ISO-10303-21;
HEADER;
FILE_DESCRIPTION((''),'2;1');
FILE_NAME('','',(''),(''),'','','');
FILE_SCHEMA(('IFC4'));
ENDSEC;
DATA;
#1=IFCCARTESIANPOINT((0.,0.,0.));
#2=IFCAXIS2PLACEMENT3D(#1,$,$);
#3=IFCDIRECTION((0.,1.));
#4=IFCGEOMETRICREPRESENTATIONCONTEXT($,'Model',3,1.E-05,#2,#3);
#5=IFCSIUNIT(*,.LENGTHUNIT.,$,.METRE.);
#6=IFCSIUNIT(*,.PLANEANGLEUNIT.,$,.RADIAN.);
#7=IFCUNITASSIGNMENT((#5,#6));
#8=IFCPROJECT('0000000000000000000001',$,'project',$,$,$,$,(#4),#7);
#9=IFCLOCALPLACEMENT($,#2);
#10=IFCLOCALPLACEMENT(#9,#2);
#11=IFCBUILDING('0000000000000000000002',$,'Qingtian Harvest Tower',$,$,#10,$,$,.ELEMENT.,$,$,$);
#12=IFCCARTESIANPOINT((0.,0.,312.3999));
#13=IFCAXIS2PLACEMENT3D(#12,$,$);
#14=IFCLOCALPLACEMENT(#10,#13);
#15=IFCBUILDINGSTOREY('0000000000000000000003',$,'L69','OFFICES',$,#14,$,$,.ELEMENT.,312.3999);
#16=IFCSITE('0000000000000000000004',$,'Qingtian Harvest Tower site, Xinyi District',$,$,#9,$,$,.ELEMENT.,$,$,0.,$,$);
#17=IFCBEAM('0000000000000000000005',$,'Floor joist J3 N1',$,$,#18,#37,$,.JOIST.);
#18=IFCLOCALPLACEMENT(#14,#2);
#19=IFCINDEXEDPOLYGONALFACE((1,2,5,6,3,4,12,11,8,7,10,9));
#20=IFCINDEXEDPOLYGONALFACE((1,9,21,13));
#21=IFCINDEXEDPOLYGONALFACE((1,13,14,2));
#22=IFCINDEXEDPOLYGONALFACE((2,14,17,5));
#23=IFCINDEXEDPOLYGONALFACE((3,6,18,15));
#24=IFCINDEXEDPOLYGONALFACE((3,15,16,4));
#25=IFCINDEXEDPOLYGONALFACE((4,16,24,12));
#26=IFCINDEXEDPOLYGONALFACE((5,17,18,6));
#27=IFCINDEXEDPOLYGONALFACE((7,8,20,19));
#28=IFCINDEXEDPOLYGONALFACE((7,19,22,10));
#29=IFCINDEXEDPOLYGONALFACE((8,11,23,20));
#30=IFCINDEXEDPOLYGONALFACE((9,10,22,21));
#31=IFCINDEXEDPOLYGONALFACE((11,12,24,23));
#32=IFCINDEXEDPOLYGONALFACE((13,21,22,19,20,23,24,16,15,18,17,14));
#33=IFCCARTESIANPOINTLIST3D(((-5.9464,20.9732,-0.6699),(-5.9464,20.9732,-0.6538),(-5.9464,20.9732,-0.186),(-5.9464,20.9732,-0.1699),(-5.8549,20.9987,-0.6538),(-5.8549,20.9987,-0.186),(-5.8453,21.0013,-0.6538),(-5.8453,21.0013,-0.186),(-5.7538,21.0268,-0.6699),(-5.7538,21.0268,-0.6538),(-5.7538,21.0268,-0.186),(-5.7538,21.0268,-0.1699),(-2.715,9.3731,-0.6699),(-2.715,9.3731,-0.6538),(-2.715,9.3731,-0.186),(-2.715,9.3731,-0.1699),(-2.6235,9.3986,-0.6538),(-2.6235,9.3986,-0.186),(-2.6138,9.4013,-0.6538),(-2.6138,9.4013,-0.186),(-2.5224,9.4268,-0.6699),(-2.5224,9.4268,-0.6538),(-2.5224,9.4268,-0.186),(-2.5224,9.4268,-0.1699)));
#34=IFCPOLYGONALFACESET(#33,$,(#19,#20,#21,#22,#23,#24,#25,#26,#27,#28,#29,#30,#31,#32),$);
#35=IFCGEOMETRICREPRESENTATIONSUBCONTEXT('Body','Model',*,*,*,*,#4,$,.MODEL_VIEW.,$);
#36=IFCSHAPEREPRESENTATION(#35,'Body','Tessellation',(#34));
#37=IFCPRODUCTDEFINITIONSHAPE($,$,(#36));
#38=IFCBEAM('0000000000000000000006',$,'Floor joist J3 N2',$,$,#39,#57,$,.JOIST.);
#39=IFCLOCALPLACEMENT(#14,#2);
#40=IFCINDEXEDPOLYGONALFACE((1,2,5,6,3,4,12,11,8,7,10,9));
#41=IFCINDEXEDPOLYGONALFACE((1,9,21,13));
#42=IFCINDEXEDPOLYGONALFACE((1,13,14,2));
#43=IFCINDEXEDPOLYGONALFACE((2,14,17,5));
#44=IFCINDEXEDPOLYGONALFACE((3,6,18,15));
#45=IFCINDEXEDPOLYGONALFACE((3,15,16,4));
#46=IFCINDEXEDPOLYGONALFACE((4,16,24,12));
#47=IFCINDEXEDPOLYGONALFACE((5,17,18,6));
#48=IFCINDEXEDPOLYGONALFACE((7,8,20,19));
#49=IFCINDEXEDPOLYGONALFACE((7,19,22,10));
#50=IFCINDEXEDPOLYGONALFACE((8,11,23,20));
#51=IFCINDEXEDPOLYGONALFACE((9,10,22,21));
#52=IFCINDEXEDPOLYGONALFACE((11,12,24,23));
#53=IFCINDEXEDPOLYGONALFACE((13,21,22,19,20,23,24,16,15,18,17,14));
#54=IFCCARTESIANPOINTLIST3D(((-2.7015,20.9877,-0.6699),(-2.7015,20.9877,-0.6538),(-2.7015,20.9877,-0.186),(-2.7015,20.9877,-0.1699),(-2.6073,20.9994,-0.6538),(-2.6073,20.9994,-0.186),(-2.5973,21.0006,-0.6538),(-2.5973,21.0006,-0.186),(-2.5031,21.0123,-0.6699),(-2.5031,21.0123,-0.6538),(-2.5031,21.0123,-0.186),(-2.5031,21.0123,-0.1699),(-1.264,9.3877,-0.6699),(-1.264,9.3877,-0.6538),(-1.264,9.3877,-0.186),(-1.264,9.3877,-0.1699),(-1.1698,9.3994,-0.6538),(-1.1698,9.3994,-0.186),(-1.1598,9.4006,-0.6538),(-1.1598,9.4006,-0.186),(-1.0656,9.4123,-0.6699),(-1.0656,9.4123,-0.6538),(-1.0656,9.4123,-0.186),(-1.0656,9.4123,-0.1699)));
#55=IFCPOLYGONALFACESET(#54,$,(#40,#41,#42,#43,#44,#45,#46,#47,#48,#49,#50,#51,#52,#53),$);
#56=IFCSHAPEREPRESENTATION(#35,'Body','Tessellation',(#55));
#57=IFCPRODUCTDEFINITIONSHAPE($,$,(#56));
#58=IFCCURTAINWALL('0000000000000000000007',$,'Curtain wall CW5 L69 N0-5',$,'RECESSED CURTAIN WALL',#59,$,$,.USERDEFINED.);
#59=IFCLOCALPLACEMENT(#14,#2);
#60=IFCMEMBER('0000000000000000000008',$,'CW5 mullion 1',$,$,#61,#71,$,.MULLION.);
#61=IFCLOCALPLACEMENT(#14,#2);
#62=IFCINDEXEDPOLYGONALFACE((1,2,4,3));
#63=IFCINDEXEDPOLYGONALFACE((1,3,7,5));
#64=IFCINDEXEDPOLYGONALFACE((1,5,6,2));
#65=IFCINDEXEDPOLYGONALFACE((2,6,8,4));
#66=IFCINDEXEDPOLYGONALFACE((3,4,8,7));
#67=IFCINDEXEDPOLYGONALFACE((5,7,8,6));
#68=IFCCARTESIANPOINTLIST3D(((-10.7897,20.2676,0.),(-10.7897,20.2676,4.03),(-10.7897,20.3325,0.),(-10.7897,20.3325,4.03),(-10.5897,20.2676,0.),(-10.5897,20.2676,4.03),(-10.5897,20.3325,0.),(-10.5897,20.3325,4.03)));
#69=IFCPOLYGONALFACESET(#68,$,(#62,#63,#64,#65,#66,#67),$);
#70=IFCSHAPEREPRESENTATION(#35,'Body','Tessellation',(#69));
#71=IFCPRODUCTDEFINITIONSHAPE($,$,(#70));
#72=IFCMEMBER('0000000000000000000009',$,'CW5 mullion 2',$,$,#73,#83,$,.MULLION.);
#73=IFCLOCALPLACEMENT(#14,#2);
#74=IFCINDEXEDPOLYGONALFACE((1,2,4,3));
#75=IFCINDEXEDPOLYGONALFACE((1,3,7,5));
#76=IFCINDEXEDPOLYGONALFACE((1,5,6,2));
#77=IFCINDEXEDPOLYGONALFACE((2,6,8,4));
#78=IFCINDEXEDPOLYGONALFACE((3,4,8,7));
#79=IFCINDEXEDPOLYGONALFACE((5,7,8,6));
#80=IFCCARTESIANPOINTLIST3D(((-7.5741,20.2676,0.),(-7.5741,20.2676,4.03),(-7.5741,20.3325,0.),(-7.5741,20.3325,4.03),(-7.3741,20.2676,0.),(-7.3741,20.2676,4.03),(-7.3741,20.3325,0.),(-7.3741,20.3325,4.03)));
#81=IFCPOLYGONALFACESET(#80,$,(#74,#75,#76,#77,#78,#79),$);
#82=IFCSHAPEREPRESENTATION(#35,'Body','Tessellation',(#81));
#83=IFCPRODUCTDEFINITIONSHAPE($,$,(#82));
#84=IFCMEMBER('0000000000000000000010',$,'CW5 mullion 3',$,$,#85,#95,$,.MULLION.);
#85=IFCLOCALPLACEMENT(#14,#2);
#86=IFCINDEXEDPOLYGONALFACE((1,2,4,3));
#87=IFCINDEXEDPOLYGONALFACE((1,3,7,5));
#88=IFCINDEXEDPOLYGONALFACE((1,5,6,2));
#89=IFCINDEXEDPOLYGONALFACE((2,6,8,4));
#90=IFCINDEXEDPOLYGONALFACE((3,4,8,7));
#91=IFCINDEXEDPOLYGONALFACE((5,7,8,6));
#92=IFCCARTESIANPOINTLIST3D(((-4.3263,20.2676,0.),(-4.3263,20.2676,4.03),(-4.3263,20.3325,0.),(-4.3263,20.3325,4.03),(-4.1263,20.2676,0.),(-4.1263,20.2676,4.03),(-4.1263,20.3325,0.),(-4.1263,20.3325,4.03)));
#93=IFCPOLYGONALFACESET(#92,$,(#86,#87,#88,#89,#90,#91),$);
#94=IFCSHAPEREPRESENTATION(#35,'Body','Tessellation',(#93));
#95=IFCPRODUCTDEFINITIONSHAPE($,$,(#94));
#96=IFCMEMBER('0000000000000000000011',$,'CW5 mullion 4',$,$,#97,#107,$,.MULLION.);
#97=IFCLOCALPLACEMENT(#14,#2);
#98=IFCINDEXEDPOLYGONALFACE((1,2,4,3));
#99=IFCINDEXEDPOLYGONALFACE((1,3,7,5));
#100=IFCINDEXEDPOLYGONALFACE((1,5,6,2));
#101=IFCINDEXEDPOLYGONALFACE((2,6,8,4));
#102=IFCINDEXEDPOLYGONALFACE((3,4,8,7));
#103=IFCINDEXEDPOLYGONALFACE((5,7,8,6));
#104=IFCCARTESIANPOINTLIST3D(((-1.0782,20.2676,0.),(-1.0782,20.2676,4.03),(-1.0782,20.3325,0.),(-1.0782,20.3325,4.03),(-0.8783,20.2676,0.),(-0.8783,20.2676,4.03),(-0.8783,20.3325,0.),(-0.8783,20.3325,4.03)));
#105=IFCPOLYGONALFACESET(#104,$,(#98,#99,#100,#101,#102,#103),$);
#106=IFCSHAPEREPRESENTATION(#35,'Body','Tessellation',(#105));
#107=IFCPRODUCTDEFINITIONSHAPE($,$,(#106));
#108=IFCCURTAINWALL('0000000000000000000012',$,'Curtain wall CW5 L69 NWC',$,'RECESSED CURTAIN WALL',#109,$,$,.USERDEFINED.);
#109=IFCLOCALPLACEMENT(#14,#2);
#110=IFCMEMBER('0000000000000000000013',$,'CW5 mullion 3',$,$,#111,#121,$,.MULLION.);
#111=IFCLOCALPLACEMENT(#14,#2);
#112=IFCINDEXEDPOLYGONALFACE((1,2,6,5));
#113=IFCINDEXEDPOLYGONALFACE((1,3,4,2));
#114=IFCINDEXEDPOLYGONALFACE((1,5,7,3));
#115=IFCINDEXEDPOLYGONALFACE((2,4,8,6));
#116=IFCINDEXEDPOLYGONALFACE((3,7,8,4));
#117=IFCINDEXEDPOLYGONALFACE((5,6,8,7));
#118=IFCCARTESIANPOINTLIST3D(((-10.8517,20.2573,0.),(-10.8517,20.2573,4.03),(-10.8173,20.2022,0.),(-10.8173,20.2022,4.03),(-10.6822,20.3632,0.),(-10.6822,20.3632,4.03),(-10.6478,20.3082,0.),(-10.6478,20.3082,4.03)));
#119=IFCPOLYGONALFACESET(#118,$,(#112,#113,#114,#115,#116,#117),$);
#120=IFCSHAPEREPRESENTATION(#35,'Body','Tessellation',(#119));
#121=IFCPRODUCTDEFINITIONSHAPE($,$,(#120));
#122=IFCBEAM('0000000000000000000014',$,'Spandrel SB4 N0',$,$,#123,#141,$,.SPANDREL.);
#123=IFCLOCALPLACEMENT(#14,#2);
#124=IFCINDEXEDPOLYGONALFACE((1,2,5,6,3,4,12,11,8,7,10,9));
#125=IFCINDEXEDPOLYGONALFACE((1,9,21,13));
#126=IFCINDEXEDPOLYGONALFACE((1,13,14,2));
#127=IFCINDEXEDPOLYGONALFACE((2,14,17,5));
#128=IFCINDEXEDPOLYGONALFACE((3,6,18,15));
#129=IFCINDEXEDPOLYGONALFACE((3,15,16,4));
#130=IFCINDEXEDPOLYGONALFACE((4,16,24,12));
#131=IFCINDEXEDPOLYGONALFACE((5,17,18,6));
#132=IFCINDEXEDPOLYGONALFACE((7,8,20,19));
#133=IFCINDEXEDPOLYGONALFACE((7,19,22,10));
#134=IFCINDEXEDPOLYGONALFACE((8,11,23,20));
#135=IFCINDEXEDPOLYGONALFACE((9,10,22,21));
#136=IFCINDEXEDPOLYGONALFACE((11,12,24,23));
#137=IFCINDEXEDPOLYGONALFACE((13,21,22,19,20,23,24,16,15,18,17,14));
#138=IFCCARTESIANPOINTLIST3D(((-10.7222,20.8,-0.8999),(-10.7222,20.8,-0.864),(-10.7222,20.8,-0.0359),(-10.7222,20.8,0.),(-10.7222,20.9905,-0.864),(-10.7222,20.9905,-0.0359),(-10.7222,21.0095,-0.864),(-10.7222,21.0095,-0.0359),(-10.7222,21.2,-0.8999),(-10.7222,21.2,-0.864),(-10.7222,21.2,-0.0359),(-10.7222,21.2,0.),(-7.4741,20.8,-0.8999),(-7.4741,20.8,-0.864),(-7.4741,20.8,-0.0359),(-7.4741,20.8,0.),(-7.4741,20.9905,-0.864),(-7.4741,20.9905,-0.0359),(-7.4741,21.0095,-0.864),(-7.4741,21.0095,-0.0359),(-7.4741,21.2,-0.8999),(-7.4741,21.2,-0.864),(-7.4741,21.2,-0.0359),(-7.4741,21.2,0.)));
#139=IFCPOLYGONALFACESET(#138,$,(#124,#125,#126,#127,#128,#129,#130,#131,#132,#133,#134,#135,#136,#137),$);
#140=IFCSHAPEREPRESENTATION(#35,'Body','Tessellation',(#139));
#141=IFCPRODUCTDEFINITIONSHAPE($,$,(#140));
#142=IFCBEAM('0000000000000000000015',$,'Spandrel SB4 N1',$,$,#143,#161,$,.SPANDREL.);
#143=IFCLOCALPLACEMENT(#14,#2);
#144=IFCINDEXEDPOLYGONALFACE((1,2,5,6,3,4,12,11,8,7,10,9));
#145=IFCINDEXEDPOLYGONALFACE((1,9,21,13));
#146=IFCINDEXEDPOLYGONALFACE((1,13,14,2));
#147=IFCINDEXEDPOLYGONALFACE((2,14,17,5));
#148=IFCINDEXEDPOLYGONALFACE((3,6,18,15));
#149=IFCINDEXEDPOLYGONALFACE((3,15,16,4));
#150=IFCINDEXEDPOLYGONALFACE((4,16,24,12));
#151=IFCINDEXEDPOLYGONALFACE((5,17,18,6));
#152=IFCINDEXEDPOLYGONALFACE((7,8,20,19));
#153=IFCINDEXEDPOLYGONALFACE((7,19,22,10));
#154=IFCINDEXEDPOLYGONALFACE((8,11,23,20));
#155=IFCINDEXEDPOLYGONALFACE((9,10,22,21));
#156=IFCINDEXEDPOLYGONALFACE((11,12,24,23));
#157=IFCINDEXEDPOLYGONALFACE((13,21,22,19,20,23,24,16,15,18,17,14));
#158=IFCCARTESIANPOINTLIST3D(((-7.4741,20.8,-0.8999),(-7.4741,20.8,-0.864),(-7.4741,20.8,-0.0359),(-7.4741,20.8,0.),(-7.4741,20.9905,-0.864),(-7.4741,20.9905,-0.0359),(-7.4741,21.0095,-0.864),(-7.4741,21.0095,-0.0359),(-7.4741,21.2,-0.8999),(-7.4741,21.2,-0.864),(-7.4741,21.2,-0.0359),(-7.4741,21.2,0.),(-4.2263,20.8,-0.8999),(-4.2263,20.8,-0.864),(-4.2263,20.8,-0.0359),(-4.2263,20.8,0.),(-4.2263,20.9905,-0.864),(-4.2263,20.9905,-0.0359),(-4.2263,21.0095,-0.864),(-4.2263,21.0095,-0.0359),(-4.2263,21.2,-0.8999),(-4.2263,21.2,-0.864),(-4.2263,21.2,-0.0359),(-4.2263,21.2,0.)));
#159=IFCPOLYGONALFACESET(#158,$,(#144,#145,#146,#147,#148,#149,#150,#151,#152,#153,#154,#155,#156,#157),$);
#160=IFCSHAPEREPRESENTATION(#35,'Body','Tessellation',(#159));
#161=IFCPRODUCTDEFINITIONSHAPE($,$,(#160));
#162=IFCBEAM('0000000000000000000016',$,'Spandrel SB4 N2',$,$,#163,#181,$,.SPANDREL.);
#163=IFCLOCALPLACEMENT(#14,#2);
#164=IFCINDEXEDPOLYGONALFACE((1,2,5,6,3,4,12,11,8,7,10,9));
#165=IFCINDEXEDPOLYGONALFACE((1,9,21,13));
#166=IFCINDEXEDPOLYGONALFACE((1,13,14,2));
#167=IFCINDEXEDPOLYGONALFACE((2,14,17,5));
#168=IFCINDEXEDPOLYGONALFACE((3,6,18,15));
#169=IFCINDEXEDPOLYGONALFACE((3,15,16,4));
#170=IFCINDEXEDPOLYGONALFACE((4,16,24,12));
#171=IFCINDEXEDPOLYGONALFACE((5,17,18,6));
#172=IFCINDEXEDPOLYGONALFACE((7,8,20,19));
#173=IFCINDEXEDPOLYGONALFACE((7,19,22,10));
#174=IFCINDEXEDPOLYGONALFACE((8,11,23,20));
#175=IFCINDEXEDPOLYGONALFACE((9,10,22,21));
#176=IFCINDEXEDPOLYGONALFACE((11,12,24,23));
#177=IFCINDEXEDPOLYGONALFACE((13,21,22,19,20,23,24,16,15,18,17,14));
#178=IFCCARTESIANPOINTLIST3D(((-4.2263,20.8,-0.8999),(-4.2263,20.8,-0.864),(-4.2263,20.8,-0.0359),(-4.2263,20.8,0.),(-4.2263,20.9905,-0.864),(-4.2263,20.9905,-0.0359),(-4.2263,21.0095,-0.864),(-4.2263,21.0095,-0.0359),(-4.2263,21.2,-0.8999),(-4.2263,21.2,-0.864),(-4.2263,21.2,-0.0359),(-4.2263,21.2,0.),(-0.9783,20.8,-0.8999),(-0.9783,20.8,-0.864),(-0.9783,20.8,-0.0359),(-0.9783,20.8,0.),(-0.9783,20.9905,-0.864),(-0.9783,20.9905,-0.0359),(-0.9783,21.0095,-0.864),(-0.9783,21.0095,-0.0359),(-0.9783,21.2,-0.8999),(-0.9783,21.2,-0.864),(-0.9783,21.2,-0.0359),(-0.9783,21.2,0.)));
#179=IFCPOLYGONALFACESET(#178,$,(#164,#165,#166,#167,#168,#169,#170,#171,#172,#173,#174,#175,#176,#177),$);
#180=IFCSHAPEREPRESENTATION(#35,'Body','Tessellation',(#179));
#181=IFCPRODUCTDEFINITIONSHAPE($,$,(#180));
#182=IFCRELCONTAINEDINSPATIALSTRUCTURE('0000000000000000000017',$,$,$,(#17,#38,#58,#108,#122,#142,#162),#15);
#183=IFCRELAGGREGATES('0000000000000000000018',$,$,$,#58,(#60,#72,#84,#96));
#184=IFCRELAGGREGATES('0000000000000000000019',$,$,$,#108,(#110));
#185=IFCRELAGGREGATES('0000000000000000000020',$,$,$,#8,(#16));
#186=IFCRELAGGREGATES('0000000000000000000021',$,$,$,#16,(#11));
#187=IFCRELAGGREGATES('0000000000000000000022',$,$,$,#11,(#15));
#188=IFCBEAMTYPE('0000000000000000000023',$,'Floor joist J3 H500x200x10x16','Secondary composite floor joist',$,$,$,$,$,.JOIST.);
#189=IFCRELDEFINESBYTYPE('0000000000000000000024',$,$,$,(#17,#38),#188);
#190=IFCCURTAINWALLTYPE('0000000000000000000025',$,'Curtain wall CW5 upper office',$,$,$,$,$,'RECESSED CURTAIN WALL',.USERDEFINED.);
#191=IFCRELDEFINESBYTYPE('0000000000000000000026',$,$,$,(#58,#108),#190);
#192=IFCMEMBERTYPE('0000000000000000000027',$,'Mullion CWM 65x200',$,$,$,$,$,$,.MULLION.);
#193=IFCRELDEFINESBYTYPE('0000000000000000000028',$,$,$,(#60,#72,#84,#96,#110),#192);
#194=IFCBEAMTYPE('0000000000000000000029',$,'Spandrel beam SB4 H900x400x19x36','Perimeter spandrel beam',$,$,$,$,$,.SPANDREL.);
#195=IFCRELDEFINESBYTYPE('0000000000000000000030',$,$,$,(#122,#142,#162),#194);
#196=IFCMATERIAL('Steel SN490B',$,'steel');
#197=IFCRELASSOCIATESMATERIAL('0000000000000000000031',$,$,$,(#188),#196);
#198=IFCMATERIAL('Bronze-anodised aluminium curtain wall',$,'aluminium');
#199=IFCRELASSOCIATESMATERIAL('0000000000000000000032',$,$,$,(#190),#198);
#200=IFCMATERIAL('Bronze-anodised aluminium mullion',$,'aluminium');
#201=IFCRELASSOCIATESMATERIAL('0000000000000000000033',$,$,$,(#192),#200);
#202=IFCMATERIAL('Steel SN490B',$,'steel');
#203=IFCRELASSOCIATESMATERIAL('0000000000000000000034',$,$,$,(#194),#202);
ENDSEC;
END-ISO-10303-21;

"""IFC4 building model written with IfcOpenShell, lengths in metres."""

from ifc_helpers import new_model, si_unit, direction, frame, origin, origin_2d, place, context, subcontext, project, spatial, rectangle, i_section, extrude, material, material_profile, profile_set, type_object, element, aggregate, save


model = new_model("IFC4")

# Units and contexts
model_context = context("Model", 3, precision=1e-05, world=origin(), true_north=direction((0.0, 1.0)))
body_context = subcontext(model_context, "Body", "Model", "MODEL_VIEW")
ifc_project = project(units=[si_unit("LENGTHUNIT", "METRE"), si_unit("PLANEANGLEUNIT", "RADIAN")], contexts=[model_context])

# Site, building, storey
site_placement = place(None, origin())
site = spatial("IfcSite", under=ifc_project, at=site_placement, Name="Qingtian Harvest Tower site, Xinyi District", CompositionType="ELEMENT", RefElevation=0.0)
building_placement = place(site_placement, origin())
building = spatial("IfcBuilding", under=site, at=building_placement, Name="Qingtian Harvest Tower", CompositionType="ELEMENT")
storey_placement = place(building_placement, frame((0.0, 0.0, 312.3999)))
storey = spatial("IfcBuildingStorey", under=building, at=storey_placement, Name="L69", Description="OFFICES", CompositionType="ELEMENT", Elevation=312.3999)

# Beams
ifc_material_1 = material(Name="Steel SN490B", Category="steel")
ifc_material_profile_1 = material_profile(ifc_material_1, i_section(OverallWidth=0.2, OverallDepth=0.5, WebThickness=0.01, FlangeThickness=0.0161, at=origin_2d()), Name="H500x200x10x16")
ifc_profile_set_1 = profile_set([ifc_material_profile_1], Name="Steel SN490B")
beam_type_1 = type_object("IfcBeamType", Name="Floor joist J3 H500x200x10x16", Description="Secondary composite floor joist", PredefinedType="JOIST", material=ifc_profile_set_1)
beam_1_placement = place(storey_placement, frame((-5.8501, 21.0, -0.4199), z_axis=(0.268353, -0.963321, 0.0), x_axis=(0.963321, 0.268353, 0.0)))
element("IfcBeam", 1, at=beam_1_placement, inside=storey, type_object=beam_type_1, Name="Floor joist J3 N1", PredefinedType="JOIST", context=body_context, shape_type="SweptSolid", body=[
    extrude(i_section(OverallWidth=0.2, OverallDepth=0.5, WebThickness=0.01, FlangeThickness=0.0161, at=origin_2d()), origin(), (0.0, 0.0, 1.0), 12.0417),
])
beam_2_placement = place(storey_placement, frame((-2.6023, 21.0, -0.4199), z_axis=(0.122981, -0.992409, 0.0), x_axis=(0.992409, 0.122981, 0.0)))
element("IfcBeam", 2, at=beam_2_placement, inside=storey, type_object=beam_type_1, Name="Floor joist J3 N2", PredefinedType="JOIST", context=body_context, shape_type="SweptSolid", body=[
    extrude(i_section(OverallWidth=0.2, OverallDepth=0.5, WebThickness=0.01, FlangeThickness=0.0161, at=origin_2d()), origin(), (0.0, 0.0, 1.0), 11.6887),
])

# Curtain wall, members
ifc_material_2 = material(Name="Bronze-anodised aluminium curtain wall", Category="aluminium")
curtain_wall_type = type_object("IfcCurtainWallType", Name="Curtain wall CW5 upper office", ElementType="RECESSED CURTAIN WALL", PredefinedType="USERDEFINED", material=ifc_material_2)
curtain_wall_1_placement = place(storey_placement, origin())
curtain_wall_1 = element("IfcCurtainWall", 3, at=curtain_wall_1_placement, inside=storey, type_object=curtain_wall_type, Name="Curtain wall CW5 L69 N0-5", ObjectType="RECESSED CURTAIN WALL", PredefinedType="USERDEFINED")
ifc_material_3 = material(Name="Bronze-anodised aluminium mullion", Category="aluminium")
ifc_material_profile_2 = material_profile(ifc_material_3, rectangle(XDim=0.0649, YDim=0.2, at=origin_2d()), Name="AL 65x200")
ifc_profile_set_2 = profile_set([ifc_material_profile_2], Name="Bronze-anodised aluminium mullion")
member_type_1 = type_object("IfcMemberType", Name="Mullion CWM 65x200", PredefinedType="MULLION", material=ifc_profile_set_2)
member_1_placement = place(storey_placement, frame((-10.6897, 20.3, 0.0), z_axis=(0.0, 0.0, 1.0), x_axis=(0.0, 1.0, 0.0)))
member_1 = element("IfcMember", 4, at=member_1_placement, type_object=member_type_1, Name="CW5 mullion 1", PredefinedType="MULLION", context=body_context, shape_type="SweptSolid", body=[
    extrude(rectangle(XDim=0.0649, YDim=0.2, at=origin_2d()), origin(), (0.0, 0.0, 1.0), 4.03),
])
member_2_placement = place(storey_placement, frame((-7.4741, 20.3, 0.0), z_axis=(0.0, 0.0, 1.0), x_axis=(0.0, 1.0, 0.0)))
member_2 = element("IfcMember", 5, at=member_2_placement, type_object=member_type_1, Name="CW5 mullion 2", PredefinedType="MULLION", context=body_context, shape_type="SweptSolid", body=[
    extrude(rectangle(XDim=0.0649, YDim=0.2, at=origin_2d()), origin(), (0.0, 0.0, 1.0), 4.03),
])
member_3_placement = place(storey_placement, frame((-4.2263, 20.3, 0.0), z_axis=(0.0, 0.0, 1.0), x_axis=(0.0, 1.0, 0.0)))
member_3 = element("IfcMember", 6, at=member_3_placement, type_object=member_type_1, Name="CW5 mullion 3", PredefinedType="MULLION", context=body_context, shape_type="SweptSolid", body=[
    extrude(rectangle(XDim=0.0649, YDim=0.2, at=origin_2d()), origin(), (0.0, 0.0, 1.0), 4.03),
])
member_4_placement = place(storey_placement, frame((-0.9783, 20.3, 0.0), z_axis=(0.0, 0.0, 1.0), x_axis=(0.0, 1.0, 0.0)))
member_4 = element("IfcMember", 7, at=member_4_placement, type_object=member_type_1, Name="CW5 mullion 4", PredefinedType="MULLION", context=body_context, shape_type="SweptSolid", body=[
    extrude(rectangle(XDim=0.0649, YDim=0.2, at=origin_2d()), origin(), (0.0, 0.0, 1.0), 4.03),
])

# Curtain wall, member
curtain_wall_2_placement = place(storey_placement, origin())
curtain_wall_2 = element("IfcCurtainWall", 8, at=curtain_wall_2_placement, inside=storey, type_object=curtain_wall_type, Name="Curtain wall CW5 L69 NWC", ObjectType="RECESSED CURTAIN WALL", PredefinedType="USERDEFINED")
member_5_placement = place(storey_placement, frame((-10.7498, 20.2827, 0.0), z_axis=(0.0, 0.0, 1.0), x_axis=(-0.529919, 0.848048, 0.0)))
member_5 = element("IfcMember", 9, at=member_5_placement, type_object=member_type_1, Name="CW5 mullion 3", PredefinedType="MULLION", context=body_context, shape_type="SweptSolid", body=[
    extrude(rectangle(XDim=0.0649, YDim=0.2, at=origin_2d()), origin(), (0.0, 0.0, 1.0), 4.03),
])

# Beams
ifc_material_4 = material(Name="Steel SN490B", Category="steel")
ifc_material_profile_3 = material_profile(ifc_material_4, i_section(OverallWidth=0.3999, OverallDepth=0.8999, WebThickness=0.019, FlangeThickness=0.0359, at=origin_2d()), Name="H900x400x19x36")
ifc_profile_set_3 = profile_set([ifc_material_profile_3], Name="Steel SN490B")
beam_type_2 = type_object("IfcBeamType", Name="Spandrel beam SB4 H900x400x19x36", Description="Perimeter spandrel beam", PredefinedType="SPANDREL", material=ifc_profile_set_3)
beam_3_placement = place(storey_placement, frame((-10.7222, 21.0, -0.45), z_axis=(1.0, 0.0, 0.0), x_axis=(0.0, 1.0, 0.0)))
element("IfcBeam", 10, at=beam_3_placement, inside=storey, type_object=beam_type_2, Name="Spandrel SB4 N0", PredefinedType="SPANDREL", context=body_context, shape_type="SweptSolid", body=[
    extrude(i_section(OverallWidth=0.3999, OverallDepth=0.8999, WebThickness=0.019, FlangeThickness=0.0359, at=origin_2d()), origin(), (0.0, 0.0, 1.0), 3.248),
])
beam_4_placement = place(storey_placement, frame((-7.4741, 21.0, -0.45), z_axis=(1.0, 0.0, 0.0), x_axis=(0.0, 1.0, 0.0)))
element("IfcBeam", 11, at=beam_4_placement, inside=storey, type_object=beam_type_2, Name="Spandrel SB4 N1", PredefinedType="SPANDREL", context=body_context, shape_type="SweptSolid", body=[
    extrude(i_section(OverallWidth=0.3999, OverallDepth=0.8999, WebThickness=0.019, FlangeThickness=0.0359, at=origin_2d()), origin(), (0.0, 0.0, 1.0), 3.2478),
])
for number, where, z_axis, x_axis, name in (
    (12, (-4.2263, 21.0, -0.45), (1.0, 0.0, 0.0), (0.0, 1.0, 0.0), "Spandrel SB4 N2"),
):
    element("IfcBeam", number, at=place(storey_placement, frame(where, z_axis=z_axis, x_axis=x_axis)), inside=storey, type_object=beam_type_2, Name=name, PredefinedType="SPANDREL", context=body_context, shape_type="SweptSolid", body=[
        extrude(i_section(OverallWidth=0.3999, OverallDepth=0.8999, WebThickness=0.019, FlangeThickness=0.0359, at=origin_2d()), origin(), (0.0, 0.0, 1.0), 3.248),
    ])

aggregate(curtain_wall_1, [member_1, member_2, member_3, member_4])
aggregate(curtain_wall_2, [member_5])

save(model, "model.ifc")
